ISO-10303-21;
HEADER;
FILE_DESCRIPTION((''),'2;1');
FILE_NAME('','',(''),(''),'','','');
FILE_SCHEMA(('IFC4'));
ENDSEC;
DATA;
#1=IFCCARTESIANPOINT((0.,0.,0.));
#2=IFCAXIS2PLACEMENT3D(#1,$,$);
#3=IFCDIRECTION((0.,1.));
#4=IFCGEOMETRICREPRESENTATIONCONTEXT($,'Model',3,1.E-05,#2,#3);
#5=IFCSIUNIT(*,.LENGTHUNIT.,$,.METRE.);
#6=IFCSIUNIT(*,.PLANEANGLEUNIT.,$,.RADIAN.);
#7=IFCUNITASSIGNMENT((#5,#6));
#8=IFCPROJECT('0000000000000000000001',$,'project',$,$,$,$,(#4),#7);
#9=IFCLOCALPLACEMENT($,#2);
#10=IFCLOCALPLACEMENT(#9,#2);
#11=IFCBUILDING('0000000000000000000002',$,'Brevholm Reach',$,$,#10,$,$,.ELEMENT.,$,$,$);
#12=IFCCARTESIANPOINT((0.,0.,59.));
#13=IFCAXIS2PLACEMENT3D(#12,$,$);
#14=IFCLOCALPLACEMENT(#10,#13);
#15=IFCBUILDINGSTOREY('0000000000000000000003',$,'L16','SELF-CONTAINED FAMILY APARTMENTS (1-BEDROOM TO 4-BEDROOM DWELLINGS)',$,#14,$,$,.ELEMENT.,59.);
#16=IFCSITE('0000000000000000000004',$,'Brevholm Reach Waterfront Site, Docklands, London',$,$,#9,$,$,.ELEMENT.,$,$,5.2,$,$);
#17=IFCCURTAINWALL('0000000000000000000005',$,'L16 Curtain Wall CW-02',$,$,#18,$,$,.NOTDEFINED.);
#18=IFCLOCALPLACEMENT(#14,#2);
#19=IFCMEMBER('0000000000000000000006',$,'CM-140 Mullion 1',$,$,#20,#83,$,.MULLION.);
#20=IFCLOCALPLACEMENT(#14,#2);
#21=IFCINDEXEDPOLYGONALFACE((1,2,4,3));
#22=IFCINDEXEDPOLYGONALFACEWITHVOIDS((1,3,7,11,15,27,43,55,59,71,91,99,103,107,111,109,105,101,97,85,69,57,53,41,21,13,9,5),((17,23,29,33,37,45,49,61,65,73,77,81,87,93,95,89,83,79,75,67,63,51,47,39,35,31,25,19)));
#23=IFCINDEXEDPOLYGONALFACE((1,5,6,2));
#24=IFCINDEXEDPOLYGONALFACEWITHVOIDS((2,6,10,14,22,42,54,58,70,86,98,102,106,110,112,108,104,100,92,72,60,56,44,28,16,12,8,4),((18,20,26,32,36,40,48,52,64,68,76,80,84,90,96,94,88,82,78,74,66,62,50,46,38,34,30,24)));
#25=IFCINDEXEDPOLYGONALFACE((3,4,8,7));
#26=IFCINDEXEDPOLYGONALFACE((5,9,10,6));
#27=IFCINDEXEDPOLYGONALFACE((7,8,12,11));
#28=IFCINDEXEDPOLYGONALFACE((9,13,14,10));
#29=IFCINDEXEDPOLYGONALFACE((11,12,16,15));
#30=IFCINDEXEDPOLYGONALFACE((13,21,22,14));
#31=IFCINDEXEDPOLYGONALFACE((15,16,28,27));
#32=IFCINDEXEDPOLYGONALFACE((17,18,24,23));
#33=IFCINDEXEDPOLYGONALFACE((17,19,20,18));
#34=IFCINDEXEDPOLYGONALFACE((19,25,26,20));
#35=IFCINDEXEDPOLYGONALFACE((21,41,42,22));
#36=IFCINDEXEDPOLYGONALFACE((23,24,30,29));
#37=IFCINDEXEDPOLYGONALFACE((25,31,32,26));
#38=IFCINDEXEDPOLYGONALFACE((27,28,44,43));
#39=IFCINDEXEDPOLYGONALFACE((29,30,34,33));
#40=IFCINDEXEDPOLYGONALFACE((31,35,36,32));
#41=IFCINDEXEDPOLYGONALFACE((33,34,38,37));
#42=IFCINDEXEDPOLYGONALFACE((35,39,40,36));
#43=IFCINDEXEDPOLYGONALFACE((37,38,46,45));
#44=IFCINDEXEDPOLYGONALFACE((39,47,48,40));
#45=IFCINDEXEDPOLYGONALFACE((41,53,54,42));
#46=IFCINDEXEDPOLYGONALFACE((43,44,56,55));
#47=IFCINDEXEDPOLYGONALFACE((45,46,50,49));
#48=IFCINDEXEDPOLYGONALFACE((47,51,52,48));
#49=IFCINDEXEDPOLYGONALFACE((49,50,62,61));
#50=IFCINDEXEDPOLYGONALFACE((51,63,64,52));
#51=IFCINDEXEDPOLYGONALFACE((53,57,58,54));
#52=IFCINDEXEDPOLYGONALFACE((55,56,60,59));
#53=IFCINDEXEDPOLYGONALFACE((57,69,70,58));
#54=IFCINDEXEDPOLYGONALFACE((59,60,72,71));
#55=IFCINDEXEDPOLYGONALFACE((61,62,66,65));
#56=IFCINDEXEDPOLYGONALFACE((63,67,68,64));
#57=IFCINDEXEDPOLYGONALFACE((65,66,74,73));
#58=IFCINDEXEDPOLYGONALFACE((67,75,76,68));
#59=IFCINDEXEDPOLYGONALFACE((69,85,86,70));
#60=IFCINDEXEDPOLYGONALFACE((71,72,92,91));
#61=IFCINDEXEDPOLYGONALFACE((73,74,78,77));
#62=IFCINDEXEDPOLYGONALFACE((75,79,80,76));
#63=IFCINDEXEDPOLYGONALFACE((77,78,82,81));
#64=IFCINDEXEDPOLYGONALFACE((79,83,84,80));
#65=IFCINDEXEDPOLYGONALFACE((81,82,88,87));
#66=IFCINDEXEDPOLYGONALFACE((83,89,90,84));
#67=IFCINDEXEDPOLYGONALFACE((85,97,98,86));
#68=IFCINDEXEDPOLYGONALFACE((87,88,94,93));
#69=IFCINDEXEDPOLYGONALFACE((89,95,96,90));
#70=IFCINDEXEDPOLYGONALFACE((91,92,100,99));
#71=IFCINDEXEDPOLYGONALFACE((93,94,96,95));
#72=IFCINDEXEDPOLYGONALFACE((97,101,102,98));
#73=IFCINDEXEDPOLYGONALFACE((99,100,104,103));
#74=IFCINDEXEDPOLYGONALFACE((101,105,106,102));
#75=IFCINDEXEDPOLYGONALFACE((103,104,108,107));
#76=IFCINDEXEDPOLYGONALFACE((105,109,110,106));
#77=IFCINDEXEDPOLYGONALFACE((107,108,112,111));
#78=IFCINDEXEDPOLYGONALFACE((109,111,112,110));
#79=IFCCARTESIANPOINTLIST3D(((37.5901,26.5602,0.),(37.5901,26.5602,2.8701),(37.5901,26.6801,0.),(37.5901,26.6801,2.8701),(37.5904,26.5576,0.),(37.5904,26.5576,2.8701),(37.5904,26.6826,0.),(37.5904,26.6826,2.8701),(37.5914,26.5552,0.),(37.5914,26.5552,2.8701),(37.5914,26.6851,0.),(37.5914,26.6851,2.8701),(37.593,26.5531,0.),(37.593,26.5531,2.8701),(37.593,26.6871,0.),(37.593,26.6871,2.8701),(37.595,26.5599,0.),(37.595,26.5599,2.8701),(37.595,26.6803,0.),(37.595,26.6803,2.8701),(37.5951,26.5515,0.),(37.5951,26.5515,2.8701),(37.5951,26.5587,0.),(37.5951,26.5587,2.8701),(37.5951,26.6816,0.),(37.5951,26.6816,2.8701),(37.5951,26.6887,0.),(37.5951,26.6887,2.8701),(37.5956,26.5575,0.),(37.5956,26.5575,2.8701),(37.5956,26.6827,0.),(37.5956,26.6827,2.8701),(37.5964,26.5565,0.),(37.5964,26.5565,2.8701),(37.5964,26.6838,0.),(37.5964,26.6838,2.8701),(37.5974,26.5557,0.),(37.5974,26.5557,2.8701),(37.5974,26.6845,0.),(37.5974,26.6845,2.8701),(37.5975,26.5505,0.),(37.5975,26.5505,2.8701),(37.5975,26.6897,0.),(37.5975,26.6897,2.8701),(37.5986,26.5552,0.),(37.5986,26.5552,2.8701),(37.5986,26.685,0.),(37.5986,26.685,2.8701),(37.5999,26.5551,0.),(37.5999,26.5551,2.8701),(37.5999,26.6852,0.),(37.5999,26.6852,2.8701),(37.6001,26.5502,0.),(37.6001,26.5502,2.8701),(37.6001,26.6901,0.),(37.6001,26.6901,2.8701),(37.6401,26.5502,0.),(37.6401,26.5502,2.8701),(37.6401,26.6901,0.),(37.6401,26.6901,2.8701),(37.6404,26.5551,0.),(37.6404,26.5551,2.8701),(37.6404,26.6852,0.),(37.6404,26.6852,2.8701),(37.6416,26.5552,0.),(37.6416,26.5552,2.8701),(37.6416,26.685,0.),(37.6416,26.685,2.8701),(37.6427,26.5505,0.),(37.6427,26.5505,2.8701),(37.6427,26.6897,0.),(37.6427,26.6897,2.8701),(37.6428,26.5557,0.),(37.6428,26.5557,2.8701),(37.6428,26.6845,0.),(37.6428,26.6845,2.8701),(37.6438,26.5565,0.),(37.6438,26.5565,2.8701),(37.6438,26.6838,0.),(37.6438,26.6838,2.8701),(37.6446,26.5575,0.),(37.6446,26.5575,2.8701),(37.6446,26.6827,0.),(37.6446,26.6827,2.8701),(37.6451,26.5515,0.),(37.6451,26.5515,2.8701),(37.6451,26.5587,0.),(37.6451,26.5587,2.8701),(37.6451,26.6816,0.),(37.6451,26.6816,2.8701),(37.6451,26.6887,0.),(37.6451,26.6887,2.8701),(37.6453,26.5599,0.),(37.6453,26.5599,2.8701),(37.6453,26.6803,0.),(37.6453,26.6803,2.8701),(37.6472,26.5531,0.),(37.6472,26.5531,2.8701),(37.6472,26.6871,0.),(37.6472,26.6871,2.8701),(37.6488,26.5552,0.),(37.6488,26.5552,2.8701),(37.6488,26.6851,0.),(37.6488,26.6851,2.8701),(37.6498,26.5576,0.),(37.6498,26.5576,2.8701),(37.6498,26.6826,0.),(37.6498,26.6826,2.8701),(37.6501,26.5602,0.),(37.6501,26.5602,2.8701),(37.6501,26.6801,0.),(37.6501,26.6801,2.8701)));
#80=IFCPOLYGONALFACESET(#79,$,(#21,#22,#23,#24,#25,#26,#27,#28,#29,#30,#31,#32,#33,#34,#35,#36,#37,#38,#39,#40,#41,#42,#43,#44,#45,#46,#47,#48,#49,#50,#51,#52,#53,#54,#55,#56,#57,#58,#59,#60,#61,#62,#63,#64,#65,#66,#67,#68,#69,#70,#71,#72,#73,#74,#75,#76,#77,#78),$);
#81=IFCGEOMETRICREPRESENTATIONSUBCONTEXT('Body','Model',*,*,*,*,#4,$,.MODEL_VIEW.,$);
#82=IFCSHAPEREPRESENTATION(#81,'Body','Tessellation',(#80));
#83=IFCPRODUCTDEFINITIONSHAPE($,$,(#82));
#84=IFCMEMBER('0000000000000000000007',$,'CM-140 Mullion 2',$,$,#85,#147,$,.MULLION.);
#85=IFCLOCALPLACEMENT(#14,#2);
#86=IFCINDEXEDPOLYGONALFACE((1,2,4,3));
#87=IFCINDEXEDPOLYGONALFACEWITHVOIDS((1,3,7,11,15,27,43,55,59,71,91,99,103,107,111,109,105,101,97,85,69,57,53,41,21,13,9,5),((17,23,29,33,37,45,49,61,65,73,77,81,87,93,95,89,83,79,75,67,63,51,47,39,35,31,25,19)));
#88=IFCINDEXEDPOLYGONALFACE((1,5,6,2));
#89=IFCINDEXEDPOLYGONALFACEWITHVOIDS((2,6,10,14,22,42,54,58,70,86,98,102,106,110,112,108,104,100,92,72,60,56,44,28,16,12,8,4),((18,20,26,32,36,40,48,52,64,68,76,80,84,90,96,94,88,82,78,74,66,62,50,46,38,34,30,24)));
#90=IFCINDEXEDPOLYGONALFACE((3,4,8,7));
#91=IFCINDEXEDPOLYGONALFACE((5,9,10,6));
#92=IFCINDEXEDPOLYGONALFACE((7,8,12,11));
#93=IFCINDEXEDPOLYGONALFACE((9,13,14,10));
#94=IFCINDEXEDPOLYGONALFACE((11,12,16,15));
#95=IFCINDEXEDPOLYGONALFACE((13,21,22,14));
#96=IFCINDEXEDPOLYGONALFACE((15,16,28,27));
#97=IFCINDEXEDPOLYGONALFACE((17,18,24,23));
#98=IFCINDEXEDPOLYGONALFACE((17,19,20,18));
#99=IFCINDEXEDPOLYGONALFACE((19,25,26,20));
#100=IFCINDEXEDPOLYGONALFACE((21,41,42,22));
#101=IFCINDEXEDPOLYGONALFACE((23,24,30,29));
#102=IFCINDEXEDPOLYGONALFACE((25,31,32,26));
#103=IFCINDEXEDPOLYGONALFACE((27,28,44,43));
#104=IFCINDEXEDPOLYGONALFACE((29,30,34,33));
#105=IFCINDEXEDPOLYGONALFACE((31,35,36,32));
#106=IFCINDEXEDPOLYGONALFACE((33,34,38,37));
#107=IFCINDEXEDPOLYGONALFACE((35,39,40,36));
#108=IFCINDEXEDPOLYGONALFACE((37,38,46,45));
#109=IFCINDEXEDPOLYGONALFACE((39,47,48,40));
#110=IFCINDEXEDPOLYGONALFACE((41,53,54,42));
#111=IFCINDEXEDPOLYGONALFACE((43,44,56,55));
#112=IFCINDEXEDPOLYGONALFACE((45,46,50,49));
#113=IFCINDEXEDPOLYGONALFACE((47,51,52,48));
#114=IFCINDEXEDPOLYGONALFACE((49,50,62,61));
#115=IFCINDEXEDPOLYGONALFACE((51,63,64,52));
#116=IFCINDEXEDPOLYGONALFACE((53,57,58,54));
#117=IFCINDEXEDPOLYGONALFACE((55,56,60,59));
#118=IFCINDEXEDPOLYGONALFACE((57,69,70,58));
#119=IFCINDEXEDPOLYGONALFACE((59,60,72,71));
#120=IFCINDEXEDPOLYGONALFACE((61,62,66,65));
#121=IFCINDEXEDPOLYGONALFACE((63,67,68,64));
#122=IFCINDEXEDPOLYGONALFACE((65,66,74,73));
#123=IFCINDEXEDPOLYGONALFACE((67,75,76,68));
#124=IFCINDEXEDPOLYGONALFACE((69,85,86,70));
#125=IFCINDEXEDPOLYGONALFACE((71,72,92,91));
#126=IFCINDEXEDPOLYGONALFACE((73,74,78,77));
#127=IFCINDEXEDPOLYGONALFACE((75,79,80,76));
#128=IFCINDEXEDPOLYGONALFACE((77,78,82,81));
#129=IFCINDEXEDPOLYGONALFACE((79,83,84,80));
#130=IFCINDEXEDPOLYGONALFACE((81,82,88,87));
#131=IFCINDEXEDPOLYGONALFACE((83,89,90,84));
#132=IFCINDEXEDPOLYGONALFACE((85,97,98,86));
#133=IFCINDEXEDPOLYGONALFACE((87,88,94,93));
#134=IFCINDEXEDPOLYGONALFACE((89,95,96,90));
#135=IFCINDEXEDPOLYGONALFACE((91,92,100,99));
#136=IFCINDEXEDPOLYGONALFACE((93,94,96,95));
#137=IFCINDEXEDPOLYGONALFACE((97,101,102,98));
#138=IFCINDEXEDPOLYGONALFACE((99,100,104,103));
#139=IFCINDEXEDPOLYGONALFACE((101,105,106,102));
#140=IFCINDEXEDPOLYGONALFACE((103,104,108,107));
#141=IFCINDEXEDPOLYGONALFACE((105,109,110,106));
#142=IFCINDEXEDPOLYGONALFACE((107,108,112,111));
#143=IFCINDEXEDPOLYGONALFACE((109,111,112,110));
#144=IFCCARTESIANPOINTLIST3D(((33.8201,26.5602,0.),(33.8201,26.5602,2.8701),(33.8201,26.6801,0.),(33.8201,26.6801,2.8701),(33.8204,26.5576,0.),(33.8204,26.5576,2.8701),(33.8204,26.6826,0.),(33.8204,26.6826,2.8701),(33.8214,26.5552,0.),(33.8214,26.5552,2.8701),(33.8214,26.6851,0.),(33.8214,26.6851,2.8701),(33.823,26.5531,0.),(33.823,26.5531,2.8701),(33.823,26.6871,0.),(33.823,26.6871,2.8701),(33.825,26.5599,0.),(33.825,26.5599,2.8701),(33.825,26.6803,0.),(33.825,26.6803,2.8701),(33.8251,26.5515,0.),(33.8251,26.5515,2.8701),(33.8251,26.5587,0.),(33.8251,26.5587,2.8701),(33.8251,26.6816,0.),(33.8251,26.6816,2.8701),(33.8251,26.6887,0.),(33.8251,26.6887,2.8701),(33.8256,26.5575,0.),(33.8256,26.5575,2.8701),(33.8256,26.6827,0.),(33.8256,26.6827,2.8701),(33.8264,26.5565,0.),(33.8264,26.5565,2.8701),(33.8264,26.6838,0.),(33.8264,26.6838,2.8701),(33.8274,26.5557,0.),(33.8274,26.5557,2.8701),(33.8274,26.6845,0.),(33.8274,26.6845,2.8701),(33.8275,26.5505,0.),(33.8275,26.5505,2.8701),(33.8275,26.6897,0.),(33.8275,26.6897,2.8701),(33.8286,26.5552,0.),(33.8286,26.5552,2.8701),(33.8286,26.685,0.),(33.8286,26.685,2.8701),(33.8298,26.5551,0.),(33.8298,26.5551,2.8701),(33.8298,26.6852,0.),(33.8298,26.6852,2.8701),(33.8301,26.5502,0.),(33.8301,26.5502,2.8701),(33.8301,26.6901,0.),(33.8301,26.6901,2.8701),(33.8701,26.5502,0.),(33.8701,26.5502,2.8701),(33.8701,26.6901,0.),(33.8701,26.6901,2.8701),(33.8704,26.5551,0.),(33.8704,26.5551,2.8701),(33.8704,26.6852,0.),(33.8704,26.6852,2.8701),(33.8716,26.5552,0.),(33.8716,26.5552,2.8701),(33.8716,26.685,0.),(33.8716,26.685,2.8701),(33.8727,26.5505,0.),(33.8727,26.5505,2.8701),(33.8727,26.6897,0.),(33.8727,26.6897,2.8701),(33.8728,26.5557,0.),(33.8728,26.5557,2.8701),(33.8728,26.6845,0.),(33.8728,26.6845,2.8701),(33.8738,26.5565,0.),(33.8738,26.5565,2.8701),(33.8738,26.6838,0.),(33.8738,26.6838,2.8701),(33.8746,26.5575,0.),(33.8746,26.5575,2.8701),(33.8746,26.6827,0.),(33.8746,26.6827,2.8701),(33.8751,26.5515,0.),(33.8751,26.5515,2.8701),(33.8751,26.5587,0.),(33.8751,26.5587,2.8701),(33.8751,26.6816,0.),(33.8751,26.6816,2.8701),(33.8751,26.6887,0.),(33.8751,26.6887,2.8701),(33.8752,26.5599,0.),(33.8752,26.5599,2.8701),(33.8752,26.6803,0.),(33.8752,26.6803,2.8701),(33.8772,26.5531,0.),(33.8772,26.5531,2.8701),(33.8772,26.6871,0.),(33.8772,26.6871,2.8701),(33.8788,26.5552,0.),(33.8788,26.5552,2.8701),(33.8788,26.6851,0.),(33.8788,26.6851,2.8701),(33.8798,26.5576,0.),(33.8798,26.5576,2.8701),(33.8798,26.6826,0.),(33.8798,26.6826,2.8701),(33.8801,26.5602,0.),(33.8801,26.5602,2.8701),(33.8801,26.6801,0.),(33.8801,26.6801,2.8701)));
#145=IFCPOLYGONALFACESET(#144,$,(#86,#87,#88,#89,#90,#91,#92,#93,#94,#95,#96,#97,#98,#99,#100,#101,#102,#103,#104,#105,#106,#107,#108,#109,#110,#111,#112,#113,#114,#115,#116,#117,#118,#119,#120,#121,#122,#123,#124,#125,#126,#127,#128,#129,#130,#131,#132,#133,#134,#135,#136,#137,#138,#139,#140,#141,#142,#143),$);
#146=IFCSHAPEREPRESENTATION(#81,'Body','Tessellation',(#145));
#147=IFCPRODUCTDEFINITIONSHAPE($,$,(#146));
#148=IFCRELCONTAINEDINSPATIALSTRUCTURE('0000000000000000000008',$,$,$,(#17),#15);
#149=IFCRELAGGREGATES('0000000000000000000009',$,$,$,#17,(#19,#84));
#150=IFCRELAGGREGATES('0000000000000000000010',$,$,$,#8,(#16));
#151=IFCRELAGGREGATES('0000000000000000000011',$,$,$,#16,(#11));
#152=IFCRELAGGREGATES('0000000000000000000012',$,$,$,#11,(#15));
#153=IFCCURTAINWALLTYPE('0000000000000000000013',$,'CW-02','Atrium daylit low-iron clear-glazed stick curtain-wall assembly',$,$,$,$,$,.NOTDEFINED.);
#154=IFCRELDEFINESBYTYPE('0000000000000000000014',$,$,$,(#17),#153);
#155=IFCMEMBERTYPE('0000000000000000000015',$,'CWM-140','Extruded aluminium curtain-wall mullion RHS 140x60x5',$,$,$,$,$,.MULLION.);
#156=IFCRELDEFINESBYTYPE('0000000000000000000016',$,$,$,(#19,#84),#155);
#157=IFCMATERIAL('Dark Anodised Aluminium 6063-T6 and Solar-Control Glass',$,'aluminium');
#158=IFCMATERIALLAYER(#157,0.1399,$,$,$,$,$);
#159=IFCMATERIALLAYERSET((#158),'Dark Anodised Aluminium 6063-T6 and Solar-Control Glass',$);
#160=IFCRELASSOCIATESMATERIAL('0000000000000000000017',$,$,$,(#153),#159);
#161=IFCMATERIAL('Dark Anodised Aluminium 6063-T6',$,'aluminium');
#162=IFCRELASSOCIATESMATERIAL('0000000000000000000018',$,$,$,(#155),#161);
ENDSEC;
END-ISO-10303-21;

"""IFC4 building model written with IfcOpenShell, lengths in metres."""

from ifc_helpers import new_model, si_unit, direction, frame, origin, origin_2d, place, context, subcontext, project, spatial, hollow_rectangle, extrude, material, layer, layer_set, material_profile, profile_set, type_object, element, aggregate, save


model = new_model("IFC4")

# Units and contexts
model_context = context("Model", 3, precision=1e-05, world=origin(), true_north=direction((0.0, 1.0)))
body_context = subcontext(model_context, "Body", "Model", "MODEL_VIEW")
ifc_project = project(units=[si_unit("LENGTHUNIT", "METRE"), si_unit("PLANEANGLEUNIT", "RADIAN")], contexts=[model_context])

# Site, building, storey
site_placement = place(None, origin())
site = spatial("IfcSite", under=ifc_project, at=site_placement, Name="Brevholm Reach Waterfront Site, Docklands, London", CompositionType="ELEMENT", RefElevation=5.2)
building_placement = place(site_placement, origin())
building = spatial("IfcBuilding", under=site, at=building_placement, Name="Brevholm Reach", CompositionType="ELEMENT")
storey_placement = place(building_placement, frame((0.0, 0.0, 59.0)))
storey = spatial("IfcBuildingStorey", under=building, at=storey_placement, Name="L16", Description="SELF-CONTAINED FAMILY APARTMENTS (1-BEDROOM TO 4-BEDROOM DWELLINGS)", CompositionType="ELEMENT", Elevation=59.0)

# Curtain wall, members
ifc_material_1 = material(Name="Dark Anodised Aluminium 6063-T6 and Solar-Control Glass", Category="aluminium")
ifc_layer_1 = layer(ifc_material_1, 0.1399)
ifc_layer_set_1 = layer_set([ifc_layer_1], Name="Dark Anodised Aluminium 6063-T6 and Solar-Control Glass")
curtain_wall_type_1 = type_object("IfcCurtainWallType", Name="CW-02", Description="Atrium daylit low-iron clear-glazed stick curtain-wall assembly", PredefinedType="NOTDEFINED", material=ifc_layer_set_1)
curtain_wall_1_placement = place(storey_placement, origin())
curtain_wall_1 = element("IfcCurtainWall", 1, at=curtain_wall_1_placement, inside=storey, type_object=curtain_wall_type_1, Name="L16 Curtain Wall CW-02", PredefinedType="NOTDEFINED")
ifc_material_2 = material(Name="Dark Anodised Aluminium 6063-T6", Category="aluminium")
ifc_material_profile_1 = material_profile(ifc_material_2, hollow_rectangle(XDim=0.0601, YDim=0.1399, WallThickness=0.0049, InnerFilletRadius=0.0049, OuterFilletRadius=0.01, at=origin_2d()), Name="RHS 140x60x5")
ifc_profile_set_1 = profile_set([ifc_material_profile_1], Name="Dark Anodised Aluminium 6063-T6")
member_type_1 = type_object("IfcMemberType", Name="CWM-140", Description="Extruded aluminium curtain-wall mullion RHS 140x60x5", PredefinedType="MULLION", material=ifc_profile_set_1)
member_1_placement = place(storey_placement, frame((37.6201, 26.6201, 0.0), z_axis=(0.0, 0.0, 1.0), x_axis=(-1.0, 0.0, 0.0)))
member_1 = element("IfcMember", 2, at=member_1_placement, type_object=member_type_1, Name="CM-140 Mullion 1", PredefinedType="MULLION", context=body_context, shape_type="SweptSolid", body=[
    extrude(hollow_rectangle(XDim=0.0601, YDim=0.1399, WallThickness=0.0049, InnerFilletRadius=0.0049, OuterFilletRadius=0.01, at=origin_2d()), origin(), (0.0, 0.0, 1.0), 2.8701),
])
member_2_placement = place(storey_placement, frame((33.8501, 26.6201, 0.0), z_axis=(0.0, 0.0, 1.0), x_axis=(-1.0, 0.0, 0.0)))
member_2 = element("IfcMember", 3, at=member_2_placement, type_object=member_type_1, Name="CM-140 Mullion 2", PredefinedType="MULLION", context=body_context, shape_type="SweptSolid", body=[
    extrude(hollow_rectangle(XDim=0.0601, YDim=0.1399, WallThickness=0.0049, InnerFilletRadius=0.0049, OuterFilletRadius=0.01, at=origin_2d()), origin(), (0.0, 0.0, 1.0), 2.8701),
])

aggregate(curtain_wall_1, [member_1, member_2])

save(model, "model.ifc")
